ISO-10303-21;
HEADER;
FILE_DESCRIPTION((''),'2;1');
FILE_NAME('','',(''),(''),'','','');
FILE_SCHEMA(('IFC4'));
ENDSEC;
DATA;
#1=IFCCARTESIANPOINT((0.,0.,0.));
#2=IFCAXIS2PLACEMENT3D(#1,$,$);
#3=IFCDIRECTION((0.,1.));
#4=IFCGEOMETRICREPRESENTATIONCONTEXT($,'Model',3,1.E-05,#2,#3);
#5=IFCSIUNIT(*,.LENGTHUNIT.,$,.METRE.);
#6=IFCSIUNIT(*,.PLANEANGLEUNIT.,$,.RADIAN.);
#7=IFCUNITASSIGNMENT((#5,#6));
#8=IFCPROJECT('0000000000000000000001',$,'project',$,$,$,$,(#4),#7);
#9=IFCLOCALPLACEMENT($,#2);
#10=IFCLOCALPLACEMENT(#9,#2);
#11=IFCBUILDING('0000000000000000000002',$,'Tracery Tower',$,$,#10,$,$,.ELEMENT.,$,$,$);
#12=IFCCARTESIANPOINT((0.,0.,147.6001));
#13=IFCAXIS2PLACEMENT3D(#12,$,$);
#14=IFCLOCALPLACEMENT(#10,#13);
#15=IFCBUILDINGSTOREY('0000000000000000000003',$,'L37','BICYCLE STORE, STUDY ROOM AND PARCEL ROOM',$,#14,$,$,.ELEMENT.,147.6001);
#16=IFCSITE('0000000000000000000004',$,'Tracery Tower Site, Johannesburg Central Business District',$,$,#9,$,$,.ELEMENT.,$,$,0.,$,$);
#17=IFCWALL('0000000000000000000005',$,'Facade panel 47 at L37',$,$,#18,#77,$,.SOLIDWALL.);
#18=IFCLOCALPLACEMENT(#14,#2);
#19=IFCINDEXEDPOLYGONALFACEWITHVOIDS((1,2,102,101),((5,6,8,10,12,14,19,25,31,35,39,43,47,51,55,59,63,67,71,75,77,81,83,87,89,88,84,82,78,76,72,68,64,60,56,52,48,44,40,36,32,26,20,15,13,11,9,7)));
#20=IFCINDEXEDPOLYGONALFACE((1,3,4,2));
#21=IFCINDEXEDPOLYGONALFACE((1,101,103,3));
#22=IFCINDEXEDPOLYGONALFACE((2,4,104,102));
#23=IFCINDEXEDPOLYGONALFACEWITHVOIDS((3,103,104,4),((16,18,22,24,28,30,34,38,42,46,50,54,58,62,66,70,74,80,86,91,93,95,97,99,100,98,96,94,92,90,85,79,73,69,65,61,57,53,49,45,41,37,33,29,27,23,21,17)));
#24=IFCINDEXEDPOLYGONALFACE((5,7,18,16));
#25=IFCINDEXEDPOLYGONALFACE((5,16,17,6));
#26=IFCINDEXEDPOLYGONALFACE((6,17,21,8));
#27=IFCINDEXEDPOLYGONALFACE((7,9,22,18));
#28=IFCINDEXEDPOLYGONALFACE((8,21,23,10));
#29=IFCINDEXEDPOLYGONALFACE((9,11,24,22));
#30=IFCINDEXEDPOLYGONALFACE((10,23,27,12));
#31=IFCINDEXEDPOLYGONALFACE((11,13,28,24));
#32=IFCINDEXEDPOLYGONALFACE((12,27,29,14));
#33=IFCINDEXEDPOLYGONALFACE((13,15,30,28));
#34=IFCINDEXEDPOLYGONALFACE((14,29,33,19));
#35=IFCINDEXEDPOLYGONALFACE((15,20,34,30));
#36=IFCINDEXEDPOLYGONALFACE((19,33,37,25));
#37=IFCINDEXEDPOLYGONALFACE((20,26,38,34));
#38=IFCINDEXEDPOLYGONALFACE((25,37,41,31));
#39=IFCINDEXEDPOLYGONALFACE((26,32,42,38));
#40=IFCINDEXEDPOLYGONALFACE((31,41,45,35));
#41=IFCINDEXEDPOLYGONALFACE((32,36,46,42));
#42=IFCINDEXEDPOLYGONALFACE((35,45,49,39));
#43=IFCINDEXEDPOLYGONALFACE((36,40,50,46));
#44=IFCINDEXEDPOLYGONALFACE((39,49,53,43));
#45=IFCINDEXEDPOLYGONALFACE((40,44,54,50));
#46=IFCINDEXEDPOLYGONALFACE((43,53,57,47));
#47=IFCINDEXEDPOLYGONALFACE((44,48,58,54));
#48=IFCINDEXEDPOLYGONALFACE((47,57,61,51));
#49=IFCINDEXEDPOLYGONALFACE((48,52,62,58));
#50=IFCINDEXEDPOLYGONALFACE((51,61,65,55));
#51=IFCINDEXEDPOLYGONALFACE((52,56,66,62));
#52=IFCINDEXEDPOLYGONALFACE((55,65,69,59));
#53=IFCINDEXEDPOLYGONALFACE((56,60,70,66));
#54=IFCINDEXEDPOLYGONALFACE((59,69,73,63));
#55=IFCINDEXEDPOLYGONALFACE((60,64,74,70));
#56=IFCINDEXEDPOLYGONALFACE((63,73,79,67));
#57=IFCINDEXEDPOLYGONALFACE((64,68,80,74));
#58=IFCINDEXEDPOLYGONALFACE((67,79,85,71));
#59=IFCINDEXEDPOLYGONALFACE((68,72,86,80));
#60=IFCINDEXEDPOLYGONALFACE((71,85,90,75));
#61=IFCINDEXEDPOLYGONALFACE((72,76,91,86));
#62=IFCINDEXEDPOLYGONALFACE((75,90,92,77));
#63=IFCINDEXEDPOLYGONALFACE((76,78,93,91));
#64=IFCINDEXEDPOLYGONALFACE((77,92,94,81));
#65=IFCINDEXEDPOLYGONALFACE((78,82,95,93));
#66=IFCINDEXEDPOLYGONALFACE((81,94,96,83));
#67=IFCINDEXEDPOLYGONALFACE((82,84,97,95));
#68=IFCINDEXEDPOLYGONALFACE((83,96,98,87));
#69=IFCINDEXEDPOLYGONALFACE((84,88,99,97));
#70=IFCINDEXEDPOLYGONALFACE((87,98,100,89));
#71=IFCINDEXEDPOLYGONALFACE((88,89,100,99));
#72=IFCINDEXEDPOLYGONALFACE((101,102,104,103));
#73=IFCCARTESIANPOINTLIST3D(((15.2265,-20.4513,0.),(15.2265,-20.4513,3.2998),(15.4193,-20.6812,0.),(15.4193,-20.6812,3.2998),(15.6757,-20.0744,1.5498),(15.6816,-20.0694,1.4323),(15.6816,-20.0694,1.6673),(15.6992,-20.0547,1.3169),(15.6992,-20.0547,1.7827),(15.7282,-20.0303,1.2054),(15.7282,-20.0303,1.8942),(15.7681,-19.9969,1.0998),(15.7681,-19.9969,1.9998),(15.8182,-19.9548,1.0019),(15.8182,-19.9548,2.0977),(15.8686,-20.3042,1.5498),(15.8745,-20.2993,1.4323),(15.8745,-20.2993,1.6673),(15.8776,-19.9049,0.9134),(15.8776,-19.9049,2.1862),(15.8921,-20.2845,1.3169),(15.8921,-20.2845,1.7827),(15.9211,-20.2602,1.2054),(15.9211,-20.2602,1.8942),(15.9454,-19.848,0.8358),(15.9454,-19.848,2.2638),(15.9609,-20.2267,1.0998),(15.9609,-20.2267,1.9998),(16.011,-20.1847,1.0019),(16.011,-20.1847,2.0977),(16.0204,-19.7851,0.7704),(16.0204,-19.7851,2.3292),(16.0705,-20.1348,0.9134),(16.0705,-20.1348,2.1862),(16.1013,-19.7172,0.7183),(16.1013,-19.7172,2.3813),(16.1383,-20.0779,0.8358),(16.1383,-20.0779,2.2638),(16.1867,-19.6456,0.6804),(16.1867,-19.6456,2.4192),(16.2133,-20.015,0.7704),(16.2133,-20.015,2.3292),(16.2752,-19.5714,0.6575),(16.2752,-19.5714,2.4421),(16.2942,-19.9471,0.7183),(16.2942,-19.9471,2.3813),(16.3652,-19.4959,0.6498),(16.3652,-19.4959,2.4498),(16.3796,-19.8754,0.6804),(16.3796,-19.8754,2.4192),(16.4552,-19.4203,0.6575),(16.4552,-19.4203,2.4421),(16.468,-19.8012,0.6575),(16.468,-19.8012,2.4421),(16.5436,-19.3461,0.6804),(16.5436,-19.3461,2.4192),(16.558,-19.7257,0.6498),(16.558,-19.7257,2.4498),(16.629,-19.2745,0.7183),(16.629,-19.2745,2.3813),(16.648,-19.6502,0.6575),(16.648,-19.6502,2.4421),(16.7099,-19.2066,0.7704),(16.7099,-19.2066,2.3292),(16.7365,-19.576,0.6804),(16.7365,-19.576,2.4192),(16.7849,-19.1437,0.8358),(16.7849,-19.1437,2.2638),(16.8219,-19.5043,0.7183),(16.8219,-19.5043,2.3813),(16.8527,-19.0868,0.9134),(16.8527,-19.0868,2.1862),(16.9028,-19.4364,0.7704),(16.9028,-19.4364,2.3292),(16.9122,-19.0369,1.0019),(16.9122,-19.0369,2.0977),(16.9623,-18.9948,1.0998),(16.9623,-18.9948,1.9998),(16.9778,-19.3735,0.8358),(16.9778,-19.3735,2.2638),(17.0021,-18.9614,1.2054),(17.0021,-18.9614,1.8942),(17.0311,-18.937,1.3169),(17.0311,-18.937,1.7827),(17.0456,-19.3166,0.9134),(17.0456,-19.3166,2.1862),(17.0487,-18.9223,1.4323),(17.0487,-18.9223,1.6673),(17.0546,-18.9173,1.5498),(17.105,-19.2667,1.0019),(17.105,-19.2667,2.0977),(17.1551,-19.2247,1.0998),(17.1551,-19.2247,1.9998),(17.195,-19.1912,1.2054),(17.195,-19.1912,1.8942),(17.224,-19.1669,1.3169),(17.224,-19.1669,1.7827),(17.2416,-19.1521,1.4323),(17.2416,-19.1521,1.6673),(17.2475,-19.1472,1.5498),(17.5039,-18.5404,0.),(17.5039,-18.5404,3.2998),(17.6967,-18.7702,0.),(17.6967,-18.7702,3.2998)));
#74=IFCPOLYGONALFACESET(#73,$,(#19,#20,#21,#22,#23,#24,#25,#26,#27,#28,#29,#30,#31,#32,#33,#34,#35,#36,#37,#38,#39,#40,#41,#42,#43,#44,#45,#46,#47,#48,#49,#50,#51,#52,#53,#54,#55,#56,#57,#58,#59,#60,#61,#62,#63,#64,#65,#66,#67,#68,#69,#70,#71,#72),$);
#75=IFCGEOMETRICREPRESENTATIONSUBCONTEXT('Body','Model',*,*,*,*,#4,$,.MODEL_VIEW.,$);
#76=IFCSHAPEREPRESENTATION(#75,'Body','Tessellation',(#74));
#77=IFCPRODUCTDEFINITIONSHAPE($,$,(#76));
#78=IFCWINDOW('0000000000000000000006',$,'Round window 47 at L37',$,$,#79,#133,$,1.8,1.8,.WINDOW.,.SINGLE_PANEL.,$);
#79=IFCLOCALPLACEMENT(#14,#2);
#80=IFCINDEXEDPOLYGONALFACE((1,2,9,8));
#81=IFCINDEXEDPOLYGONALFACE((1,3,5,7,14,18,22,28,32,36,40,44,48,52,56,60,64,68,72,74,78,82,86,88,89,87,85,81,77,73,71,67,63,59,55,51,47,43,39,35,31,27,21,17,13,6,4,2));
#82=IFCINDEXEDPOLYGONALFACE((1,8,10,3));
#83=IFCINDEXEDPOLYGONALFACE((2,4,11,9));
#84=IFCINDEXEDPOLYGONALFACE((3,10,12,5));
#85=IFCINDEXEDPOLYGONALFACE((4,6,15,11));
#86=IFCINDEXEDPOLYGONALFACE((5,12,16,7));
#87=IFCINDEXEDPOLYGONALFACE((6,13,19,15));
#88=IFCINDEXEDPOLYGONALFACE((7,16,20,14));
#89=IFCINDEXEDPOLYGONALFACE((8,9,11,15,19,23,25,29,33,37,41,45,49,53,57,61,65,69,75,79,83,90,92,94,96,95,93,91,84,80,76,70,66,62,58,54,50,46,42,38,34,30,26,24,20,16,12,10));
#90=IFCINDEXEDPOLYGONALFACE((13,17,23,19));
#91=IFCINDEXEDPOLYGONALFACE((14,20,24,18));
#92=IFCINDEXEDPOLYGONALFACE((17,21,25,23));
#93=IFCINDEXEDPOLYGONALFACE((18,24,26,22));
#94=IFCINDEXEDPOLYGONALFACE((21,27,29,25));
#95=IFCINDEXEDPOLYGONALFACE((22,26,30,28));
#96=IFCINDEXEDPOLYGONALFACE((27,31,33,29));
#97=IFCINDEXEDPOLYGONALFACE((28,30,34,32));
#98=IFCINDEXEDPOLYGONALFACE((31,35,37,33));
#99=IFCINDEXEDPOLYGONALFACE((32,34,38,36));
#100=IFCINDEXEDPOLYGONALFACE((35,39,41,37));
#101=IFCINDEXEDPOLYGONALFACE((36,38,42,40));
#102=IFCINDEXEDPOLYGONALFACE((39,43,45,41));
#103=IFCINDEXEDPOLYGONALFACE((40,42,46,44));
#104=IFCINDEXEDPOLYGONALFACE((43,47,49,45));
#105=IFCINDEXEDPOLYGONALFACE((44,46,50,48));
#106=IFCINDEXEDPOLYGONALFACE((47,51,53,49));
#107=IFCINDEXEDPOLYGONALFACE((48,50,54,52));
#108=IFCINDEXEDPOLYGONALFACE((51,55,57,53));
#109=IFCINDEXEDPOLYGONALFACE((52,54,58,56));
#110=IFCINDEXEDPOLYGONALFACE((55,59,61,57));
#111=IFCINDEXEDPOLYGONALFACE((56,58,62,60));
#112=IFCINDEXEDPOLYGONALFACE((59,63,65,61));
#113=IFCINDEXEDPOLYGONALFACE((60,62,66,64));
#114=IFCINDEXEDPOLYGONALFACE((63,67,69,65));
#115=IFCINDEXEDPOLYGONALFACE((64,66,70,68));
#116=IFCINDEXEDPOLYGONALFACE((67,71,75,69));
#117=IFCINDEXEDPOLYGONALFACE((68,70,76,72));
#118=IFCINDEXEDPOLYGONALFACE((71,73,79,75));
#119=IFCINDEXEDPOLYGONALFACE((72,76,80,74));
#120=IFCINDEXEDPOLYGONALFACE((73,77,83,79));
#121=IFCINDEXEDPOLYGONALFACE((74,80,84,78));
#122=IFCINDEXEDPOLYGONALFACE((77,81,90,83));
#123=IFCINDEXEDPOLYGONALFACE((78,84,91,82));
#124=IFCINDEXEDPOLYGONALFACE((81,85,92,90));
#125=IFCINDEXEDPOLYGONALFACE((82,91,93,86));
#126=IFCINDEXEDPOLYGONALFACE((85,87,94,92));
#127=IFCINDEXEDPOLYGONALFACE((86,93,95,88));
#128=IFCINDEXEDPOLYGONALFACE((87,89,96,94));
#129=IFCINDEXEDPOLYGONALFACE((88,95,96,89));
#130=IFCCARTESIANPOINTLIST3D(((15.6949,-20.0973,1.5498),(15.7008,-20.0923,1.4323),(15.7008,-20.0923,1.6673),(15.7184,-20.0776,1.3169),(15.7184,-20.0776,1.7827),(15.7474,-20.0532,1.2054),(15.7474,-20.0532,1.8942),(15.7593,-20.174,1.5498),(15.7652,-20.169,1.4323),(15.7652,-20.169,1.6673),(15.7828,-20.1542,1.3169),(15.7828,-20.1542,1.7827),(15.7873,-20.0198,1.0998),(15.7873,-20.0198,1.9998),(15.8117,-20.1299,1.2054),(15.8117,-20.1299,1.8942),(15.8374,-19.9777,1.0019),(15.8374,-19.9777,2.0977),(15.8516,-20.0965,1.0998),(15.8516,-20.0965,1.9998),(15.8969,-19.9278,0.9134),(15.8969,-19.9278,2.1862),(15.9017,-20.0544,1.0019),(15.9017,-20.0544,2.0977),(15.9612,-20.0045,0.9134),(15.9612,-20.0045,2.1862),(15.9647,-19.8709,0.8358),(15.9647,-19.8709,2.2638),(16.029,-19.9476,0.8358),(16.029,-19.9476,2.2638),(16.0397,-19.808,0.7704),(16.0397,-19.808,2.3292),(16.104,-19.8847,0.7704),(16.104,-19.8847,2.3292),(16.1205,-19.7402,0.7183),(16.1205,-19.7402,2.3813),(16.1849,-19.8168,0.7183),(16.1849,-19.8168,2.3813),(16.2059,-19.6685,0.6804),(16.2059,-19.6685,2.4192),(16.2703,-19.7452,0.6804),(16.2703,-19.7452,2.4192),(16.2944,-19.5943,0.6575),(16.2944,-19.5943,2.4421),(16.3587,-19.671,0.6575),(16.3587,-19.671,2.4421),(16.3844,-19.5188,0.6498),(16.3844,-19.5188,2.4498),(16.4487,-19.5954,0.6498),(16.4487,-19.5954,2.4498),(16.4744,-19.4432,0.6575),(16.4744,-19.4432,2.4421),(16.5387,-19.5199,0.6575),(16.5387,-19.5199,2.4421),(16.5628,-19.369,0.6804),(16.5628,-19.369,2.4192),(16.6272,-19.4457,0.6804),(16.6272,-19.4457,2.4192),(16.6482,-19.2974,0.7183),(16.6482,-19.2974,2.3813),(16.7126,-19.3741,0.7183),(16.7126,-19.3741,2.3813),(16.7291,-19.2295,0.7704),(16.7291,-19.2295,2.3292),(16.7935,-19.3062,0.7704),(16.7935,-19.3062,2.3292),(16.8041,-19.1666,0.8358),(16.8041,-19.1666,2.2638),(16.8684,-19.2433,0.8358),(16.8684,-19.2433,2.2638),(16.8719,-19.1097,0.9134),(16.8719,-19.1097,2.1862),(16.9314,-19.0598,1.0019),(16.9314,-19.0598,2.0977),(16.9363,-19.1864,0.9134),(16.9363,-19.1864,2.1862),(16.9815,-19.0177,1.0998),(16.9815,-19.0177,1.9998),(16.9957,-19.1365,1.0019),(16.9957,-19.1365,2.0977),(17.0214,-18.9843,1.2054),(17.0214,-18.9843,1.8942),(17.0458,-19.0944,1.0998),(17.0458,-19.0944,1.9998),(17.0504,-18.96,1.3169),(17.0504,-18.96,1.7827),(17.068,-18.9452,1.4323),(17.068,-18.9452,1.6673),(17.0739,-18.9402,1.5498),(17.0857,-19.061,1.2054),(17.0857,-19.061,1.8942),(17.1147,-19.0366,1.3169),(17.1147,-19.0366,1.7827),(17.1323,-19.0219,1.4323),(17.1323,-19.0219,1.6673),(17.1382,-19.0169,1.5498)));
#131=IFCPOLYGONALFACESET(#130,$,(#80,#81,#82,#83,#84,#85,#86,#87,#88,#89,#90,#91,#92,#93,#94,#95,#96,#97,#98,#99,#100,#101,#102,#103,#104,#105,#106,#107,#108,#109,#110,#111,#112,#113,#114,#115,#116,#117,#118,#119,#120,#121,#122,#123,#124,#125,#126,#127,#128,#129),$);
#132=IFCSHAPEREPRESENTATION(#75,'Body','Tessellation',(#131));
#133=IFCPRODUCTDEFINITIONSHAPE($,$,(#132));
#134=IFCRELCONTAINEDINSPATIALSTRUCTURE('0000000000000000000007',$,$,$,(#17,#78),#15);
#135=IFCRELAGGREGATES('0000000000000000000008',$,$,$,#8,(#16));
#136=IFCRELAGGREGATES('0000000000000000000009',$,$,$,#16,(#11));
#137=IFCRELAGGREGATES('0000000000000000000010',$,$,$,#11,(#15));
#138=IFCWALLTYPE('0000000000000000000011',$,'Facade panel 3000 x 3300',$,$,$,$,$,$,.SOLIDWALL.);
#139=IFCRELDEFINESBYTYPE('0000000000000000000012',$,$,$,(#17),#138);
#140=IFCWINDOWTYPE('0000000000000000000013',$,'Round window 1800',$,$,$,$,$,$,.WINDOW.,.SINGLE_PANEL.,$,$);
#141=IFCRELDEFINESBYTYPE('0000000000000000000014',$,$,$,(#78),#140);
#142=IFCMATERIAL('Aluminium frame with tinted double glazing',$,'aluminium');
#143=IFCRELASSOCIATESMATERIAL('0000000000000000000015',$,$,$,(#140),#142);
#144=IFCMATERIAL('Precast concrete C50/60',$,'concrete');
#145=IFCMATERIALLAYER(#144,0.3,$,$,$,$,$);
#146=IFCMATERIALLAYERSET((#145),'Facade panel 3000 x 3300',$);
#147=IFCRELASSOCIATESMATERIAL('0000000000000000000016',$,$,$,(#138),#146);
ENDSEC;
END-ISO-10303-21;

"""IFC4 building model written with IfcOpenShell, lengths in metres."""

from ifc_helpers import new_model, si_unit, direction, frame, frame_2d, origin, origin_2d, place, context, subcontext, project, spatial, rectangle, circle, extrude, material, layer, layer_set, type_object, element, fill, save


model = new_model("IFC4")

# Units and contexts
model_context = context("Model", 3, precision=1e-05, world=origin(), true_north=direction((0.0, 1.0)))
body_context = subcontext(model_context, "Body", "Model", "MODEL_VIEW")
ifc_project = project(units=[si_unit("LENGTHUNIT", "METRE"), si_unit("PLANEANGLEUNIT", "RADIAN")], contexts=[model_context])

# Site, building, storey
site_placement = place(None, origin())
site = spatial("IfcSite", under=ifc_project, at=site_placement, Name="Tracery Tower Site, Johannesburg Central Business District", CompositionType="ELEMENT", RefElevation=0.0)
building_placement = place(site_placement, origin())
building = spatial("IfcBuilding", under=site, at=building_placement, Name="Tracery Tower", CompositionType="ELEMENT")
storey_placement = place(building_placement, frame((0.0, 0.0, 147.6001)))
storey = spatial("IfcBuildingStorey", under=building, at=storey_placement, Name="L37", Description="BICYCLE STORE, STUDY ROOM AND PARCEL ROOM", CompositionType="ELEMENT", Elevation=147.6001)

# Wall, opening, window
ifc_material_1 = material(Name="Aluminium frame with tinted double glazing", Category="aluminium")
window_type = type_object("IfcWindowType", Name="Round window 1800", PartitioningType="SINGLE_PANEL", PredefinedType="WINDOW", material=ifc_material_1)
ifc_material_2 = material(Name="Precast concrete C50/60", Category="concrete")
ifc_layer_1 = layer(ifc_material_2, 0.3)
ifc_layer_set_1 = layer_set([ifc_layer_1], Name="Facade panel 3000 x 3300")
wall_type_1 = type_object("IfcWallType", Name="Facade panel 3000 x 3300", PredefinedType="SOLIDWALL", material=ifc_layer_set_1)
wall_1_placement = place(storey_placement, frame((15.323, -20.5662, 0.0), z_axis=(0.0, 0.0, 1.0), x_axis=(0.766049, 0.642782, 0.0)))
wall_1 = element("IfcWall", 1, at=wall_1_placement, inside=storey, type_object=wall_type_1, Name="Facade panel 47 at L37", PredefinedType="SOLIDWALL", context=body_context, shape_type="SweptSolid", body=[
    extrude(rectangle(XDim=2.9729, YDim=0.3, at=frame_2d((1.4863, 0.0))), origin(), (0.0, 0.0, 1.0), 3.2998),
])
opening_1_placement = place(wall_1_placement, frame((1.4863, 0.0, 1.5498)))
opening_1 = element("IfcOpeningElement", 2, at=opening_1_placement, cuts=wall_1, PredefinedType="OPENING", context=body_context, shape_type="SweptSolid", body=[
    extrude(circle(Radius=0.9, at=origin_2d()), frame((0.0, 0.1599, 0.0), z_axis=(0.0, -1.0, 0.0), x_axis=(1.0, 0.0, 0.0)), (0.0, 0.0, 1.0), 0.3201),
])
window_1_placement = place(opening_1_placement, origin())
window_1 = element("IfcWindow", 3, at=window_1_placement, inside=storey, type_object=window_type, Name="Round window 47 at L37", OverallHeight=1.8, OverallWidth=1.8, PartitioningType="SINGLE_PANEL", PredefinedType="WINDOW", context=body_context, shape_type="SweptSolid", body=[
    extrude(circle(Radius=0.9, at=origin_2d()), frame((0.0, 0.1201, 0.0), z_axis=(0.0, -1.0, 0.0), x_axis=(1.0, 0.0, 0.0)), (0.0, 0.0, 1.0), 0.1001),
])
fill(opening_1, window_1)

save(model, "model.ifc")
